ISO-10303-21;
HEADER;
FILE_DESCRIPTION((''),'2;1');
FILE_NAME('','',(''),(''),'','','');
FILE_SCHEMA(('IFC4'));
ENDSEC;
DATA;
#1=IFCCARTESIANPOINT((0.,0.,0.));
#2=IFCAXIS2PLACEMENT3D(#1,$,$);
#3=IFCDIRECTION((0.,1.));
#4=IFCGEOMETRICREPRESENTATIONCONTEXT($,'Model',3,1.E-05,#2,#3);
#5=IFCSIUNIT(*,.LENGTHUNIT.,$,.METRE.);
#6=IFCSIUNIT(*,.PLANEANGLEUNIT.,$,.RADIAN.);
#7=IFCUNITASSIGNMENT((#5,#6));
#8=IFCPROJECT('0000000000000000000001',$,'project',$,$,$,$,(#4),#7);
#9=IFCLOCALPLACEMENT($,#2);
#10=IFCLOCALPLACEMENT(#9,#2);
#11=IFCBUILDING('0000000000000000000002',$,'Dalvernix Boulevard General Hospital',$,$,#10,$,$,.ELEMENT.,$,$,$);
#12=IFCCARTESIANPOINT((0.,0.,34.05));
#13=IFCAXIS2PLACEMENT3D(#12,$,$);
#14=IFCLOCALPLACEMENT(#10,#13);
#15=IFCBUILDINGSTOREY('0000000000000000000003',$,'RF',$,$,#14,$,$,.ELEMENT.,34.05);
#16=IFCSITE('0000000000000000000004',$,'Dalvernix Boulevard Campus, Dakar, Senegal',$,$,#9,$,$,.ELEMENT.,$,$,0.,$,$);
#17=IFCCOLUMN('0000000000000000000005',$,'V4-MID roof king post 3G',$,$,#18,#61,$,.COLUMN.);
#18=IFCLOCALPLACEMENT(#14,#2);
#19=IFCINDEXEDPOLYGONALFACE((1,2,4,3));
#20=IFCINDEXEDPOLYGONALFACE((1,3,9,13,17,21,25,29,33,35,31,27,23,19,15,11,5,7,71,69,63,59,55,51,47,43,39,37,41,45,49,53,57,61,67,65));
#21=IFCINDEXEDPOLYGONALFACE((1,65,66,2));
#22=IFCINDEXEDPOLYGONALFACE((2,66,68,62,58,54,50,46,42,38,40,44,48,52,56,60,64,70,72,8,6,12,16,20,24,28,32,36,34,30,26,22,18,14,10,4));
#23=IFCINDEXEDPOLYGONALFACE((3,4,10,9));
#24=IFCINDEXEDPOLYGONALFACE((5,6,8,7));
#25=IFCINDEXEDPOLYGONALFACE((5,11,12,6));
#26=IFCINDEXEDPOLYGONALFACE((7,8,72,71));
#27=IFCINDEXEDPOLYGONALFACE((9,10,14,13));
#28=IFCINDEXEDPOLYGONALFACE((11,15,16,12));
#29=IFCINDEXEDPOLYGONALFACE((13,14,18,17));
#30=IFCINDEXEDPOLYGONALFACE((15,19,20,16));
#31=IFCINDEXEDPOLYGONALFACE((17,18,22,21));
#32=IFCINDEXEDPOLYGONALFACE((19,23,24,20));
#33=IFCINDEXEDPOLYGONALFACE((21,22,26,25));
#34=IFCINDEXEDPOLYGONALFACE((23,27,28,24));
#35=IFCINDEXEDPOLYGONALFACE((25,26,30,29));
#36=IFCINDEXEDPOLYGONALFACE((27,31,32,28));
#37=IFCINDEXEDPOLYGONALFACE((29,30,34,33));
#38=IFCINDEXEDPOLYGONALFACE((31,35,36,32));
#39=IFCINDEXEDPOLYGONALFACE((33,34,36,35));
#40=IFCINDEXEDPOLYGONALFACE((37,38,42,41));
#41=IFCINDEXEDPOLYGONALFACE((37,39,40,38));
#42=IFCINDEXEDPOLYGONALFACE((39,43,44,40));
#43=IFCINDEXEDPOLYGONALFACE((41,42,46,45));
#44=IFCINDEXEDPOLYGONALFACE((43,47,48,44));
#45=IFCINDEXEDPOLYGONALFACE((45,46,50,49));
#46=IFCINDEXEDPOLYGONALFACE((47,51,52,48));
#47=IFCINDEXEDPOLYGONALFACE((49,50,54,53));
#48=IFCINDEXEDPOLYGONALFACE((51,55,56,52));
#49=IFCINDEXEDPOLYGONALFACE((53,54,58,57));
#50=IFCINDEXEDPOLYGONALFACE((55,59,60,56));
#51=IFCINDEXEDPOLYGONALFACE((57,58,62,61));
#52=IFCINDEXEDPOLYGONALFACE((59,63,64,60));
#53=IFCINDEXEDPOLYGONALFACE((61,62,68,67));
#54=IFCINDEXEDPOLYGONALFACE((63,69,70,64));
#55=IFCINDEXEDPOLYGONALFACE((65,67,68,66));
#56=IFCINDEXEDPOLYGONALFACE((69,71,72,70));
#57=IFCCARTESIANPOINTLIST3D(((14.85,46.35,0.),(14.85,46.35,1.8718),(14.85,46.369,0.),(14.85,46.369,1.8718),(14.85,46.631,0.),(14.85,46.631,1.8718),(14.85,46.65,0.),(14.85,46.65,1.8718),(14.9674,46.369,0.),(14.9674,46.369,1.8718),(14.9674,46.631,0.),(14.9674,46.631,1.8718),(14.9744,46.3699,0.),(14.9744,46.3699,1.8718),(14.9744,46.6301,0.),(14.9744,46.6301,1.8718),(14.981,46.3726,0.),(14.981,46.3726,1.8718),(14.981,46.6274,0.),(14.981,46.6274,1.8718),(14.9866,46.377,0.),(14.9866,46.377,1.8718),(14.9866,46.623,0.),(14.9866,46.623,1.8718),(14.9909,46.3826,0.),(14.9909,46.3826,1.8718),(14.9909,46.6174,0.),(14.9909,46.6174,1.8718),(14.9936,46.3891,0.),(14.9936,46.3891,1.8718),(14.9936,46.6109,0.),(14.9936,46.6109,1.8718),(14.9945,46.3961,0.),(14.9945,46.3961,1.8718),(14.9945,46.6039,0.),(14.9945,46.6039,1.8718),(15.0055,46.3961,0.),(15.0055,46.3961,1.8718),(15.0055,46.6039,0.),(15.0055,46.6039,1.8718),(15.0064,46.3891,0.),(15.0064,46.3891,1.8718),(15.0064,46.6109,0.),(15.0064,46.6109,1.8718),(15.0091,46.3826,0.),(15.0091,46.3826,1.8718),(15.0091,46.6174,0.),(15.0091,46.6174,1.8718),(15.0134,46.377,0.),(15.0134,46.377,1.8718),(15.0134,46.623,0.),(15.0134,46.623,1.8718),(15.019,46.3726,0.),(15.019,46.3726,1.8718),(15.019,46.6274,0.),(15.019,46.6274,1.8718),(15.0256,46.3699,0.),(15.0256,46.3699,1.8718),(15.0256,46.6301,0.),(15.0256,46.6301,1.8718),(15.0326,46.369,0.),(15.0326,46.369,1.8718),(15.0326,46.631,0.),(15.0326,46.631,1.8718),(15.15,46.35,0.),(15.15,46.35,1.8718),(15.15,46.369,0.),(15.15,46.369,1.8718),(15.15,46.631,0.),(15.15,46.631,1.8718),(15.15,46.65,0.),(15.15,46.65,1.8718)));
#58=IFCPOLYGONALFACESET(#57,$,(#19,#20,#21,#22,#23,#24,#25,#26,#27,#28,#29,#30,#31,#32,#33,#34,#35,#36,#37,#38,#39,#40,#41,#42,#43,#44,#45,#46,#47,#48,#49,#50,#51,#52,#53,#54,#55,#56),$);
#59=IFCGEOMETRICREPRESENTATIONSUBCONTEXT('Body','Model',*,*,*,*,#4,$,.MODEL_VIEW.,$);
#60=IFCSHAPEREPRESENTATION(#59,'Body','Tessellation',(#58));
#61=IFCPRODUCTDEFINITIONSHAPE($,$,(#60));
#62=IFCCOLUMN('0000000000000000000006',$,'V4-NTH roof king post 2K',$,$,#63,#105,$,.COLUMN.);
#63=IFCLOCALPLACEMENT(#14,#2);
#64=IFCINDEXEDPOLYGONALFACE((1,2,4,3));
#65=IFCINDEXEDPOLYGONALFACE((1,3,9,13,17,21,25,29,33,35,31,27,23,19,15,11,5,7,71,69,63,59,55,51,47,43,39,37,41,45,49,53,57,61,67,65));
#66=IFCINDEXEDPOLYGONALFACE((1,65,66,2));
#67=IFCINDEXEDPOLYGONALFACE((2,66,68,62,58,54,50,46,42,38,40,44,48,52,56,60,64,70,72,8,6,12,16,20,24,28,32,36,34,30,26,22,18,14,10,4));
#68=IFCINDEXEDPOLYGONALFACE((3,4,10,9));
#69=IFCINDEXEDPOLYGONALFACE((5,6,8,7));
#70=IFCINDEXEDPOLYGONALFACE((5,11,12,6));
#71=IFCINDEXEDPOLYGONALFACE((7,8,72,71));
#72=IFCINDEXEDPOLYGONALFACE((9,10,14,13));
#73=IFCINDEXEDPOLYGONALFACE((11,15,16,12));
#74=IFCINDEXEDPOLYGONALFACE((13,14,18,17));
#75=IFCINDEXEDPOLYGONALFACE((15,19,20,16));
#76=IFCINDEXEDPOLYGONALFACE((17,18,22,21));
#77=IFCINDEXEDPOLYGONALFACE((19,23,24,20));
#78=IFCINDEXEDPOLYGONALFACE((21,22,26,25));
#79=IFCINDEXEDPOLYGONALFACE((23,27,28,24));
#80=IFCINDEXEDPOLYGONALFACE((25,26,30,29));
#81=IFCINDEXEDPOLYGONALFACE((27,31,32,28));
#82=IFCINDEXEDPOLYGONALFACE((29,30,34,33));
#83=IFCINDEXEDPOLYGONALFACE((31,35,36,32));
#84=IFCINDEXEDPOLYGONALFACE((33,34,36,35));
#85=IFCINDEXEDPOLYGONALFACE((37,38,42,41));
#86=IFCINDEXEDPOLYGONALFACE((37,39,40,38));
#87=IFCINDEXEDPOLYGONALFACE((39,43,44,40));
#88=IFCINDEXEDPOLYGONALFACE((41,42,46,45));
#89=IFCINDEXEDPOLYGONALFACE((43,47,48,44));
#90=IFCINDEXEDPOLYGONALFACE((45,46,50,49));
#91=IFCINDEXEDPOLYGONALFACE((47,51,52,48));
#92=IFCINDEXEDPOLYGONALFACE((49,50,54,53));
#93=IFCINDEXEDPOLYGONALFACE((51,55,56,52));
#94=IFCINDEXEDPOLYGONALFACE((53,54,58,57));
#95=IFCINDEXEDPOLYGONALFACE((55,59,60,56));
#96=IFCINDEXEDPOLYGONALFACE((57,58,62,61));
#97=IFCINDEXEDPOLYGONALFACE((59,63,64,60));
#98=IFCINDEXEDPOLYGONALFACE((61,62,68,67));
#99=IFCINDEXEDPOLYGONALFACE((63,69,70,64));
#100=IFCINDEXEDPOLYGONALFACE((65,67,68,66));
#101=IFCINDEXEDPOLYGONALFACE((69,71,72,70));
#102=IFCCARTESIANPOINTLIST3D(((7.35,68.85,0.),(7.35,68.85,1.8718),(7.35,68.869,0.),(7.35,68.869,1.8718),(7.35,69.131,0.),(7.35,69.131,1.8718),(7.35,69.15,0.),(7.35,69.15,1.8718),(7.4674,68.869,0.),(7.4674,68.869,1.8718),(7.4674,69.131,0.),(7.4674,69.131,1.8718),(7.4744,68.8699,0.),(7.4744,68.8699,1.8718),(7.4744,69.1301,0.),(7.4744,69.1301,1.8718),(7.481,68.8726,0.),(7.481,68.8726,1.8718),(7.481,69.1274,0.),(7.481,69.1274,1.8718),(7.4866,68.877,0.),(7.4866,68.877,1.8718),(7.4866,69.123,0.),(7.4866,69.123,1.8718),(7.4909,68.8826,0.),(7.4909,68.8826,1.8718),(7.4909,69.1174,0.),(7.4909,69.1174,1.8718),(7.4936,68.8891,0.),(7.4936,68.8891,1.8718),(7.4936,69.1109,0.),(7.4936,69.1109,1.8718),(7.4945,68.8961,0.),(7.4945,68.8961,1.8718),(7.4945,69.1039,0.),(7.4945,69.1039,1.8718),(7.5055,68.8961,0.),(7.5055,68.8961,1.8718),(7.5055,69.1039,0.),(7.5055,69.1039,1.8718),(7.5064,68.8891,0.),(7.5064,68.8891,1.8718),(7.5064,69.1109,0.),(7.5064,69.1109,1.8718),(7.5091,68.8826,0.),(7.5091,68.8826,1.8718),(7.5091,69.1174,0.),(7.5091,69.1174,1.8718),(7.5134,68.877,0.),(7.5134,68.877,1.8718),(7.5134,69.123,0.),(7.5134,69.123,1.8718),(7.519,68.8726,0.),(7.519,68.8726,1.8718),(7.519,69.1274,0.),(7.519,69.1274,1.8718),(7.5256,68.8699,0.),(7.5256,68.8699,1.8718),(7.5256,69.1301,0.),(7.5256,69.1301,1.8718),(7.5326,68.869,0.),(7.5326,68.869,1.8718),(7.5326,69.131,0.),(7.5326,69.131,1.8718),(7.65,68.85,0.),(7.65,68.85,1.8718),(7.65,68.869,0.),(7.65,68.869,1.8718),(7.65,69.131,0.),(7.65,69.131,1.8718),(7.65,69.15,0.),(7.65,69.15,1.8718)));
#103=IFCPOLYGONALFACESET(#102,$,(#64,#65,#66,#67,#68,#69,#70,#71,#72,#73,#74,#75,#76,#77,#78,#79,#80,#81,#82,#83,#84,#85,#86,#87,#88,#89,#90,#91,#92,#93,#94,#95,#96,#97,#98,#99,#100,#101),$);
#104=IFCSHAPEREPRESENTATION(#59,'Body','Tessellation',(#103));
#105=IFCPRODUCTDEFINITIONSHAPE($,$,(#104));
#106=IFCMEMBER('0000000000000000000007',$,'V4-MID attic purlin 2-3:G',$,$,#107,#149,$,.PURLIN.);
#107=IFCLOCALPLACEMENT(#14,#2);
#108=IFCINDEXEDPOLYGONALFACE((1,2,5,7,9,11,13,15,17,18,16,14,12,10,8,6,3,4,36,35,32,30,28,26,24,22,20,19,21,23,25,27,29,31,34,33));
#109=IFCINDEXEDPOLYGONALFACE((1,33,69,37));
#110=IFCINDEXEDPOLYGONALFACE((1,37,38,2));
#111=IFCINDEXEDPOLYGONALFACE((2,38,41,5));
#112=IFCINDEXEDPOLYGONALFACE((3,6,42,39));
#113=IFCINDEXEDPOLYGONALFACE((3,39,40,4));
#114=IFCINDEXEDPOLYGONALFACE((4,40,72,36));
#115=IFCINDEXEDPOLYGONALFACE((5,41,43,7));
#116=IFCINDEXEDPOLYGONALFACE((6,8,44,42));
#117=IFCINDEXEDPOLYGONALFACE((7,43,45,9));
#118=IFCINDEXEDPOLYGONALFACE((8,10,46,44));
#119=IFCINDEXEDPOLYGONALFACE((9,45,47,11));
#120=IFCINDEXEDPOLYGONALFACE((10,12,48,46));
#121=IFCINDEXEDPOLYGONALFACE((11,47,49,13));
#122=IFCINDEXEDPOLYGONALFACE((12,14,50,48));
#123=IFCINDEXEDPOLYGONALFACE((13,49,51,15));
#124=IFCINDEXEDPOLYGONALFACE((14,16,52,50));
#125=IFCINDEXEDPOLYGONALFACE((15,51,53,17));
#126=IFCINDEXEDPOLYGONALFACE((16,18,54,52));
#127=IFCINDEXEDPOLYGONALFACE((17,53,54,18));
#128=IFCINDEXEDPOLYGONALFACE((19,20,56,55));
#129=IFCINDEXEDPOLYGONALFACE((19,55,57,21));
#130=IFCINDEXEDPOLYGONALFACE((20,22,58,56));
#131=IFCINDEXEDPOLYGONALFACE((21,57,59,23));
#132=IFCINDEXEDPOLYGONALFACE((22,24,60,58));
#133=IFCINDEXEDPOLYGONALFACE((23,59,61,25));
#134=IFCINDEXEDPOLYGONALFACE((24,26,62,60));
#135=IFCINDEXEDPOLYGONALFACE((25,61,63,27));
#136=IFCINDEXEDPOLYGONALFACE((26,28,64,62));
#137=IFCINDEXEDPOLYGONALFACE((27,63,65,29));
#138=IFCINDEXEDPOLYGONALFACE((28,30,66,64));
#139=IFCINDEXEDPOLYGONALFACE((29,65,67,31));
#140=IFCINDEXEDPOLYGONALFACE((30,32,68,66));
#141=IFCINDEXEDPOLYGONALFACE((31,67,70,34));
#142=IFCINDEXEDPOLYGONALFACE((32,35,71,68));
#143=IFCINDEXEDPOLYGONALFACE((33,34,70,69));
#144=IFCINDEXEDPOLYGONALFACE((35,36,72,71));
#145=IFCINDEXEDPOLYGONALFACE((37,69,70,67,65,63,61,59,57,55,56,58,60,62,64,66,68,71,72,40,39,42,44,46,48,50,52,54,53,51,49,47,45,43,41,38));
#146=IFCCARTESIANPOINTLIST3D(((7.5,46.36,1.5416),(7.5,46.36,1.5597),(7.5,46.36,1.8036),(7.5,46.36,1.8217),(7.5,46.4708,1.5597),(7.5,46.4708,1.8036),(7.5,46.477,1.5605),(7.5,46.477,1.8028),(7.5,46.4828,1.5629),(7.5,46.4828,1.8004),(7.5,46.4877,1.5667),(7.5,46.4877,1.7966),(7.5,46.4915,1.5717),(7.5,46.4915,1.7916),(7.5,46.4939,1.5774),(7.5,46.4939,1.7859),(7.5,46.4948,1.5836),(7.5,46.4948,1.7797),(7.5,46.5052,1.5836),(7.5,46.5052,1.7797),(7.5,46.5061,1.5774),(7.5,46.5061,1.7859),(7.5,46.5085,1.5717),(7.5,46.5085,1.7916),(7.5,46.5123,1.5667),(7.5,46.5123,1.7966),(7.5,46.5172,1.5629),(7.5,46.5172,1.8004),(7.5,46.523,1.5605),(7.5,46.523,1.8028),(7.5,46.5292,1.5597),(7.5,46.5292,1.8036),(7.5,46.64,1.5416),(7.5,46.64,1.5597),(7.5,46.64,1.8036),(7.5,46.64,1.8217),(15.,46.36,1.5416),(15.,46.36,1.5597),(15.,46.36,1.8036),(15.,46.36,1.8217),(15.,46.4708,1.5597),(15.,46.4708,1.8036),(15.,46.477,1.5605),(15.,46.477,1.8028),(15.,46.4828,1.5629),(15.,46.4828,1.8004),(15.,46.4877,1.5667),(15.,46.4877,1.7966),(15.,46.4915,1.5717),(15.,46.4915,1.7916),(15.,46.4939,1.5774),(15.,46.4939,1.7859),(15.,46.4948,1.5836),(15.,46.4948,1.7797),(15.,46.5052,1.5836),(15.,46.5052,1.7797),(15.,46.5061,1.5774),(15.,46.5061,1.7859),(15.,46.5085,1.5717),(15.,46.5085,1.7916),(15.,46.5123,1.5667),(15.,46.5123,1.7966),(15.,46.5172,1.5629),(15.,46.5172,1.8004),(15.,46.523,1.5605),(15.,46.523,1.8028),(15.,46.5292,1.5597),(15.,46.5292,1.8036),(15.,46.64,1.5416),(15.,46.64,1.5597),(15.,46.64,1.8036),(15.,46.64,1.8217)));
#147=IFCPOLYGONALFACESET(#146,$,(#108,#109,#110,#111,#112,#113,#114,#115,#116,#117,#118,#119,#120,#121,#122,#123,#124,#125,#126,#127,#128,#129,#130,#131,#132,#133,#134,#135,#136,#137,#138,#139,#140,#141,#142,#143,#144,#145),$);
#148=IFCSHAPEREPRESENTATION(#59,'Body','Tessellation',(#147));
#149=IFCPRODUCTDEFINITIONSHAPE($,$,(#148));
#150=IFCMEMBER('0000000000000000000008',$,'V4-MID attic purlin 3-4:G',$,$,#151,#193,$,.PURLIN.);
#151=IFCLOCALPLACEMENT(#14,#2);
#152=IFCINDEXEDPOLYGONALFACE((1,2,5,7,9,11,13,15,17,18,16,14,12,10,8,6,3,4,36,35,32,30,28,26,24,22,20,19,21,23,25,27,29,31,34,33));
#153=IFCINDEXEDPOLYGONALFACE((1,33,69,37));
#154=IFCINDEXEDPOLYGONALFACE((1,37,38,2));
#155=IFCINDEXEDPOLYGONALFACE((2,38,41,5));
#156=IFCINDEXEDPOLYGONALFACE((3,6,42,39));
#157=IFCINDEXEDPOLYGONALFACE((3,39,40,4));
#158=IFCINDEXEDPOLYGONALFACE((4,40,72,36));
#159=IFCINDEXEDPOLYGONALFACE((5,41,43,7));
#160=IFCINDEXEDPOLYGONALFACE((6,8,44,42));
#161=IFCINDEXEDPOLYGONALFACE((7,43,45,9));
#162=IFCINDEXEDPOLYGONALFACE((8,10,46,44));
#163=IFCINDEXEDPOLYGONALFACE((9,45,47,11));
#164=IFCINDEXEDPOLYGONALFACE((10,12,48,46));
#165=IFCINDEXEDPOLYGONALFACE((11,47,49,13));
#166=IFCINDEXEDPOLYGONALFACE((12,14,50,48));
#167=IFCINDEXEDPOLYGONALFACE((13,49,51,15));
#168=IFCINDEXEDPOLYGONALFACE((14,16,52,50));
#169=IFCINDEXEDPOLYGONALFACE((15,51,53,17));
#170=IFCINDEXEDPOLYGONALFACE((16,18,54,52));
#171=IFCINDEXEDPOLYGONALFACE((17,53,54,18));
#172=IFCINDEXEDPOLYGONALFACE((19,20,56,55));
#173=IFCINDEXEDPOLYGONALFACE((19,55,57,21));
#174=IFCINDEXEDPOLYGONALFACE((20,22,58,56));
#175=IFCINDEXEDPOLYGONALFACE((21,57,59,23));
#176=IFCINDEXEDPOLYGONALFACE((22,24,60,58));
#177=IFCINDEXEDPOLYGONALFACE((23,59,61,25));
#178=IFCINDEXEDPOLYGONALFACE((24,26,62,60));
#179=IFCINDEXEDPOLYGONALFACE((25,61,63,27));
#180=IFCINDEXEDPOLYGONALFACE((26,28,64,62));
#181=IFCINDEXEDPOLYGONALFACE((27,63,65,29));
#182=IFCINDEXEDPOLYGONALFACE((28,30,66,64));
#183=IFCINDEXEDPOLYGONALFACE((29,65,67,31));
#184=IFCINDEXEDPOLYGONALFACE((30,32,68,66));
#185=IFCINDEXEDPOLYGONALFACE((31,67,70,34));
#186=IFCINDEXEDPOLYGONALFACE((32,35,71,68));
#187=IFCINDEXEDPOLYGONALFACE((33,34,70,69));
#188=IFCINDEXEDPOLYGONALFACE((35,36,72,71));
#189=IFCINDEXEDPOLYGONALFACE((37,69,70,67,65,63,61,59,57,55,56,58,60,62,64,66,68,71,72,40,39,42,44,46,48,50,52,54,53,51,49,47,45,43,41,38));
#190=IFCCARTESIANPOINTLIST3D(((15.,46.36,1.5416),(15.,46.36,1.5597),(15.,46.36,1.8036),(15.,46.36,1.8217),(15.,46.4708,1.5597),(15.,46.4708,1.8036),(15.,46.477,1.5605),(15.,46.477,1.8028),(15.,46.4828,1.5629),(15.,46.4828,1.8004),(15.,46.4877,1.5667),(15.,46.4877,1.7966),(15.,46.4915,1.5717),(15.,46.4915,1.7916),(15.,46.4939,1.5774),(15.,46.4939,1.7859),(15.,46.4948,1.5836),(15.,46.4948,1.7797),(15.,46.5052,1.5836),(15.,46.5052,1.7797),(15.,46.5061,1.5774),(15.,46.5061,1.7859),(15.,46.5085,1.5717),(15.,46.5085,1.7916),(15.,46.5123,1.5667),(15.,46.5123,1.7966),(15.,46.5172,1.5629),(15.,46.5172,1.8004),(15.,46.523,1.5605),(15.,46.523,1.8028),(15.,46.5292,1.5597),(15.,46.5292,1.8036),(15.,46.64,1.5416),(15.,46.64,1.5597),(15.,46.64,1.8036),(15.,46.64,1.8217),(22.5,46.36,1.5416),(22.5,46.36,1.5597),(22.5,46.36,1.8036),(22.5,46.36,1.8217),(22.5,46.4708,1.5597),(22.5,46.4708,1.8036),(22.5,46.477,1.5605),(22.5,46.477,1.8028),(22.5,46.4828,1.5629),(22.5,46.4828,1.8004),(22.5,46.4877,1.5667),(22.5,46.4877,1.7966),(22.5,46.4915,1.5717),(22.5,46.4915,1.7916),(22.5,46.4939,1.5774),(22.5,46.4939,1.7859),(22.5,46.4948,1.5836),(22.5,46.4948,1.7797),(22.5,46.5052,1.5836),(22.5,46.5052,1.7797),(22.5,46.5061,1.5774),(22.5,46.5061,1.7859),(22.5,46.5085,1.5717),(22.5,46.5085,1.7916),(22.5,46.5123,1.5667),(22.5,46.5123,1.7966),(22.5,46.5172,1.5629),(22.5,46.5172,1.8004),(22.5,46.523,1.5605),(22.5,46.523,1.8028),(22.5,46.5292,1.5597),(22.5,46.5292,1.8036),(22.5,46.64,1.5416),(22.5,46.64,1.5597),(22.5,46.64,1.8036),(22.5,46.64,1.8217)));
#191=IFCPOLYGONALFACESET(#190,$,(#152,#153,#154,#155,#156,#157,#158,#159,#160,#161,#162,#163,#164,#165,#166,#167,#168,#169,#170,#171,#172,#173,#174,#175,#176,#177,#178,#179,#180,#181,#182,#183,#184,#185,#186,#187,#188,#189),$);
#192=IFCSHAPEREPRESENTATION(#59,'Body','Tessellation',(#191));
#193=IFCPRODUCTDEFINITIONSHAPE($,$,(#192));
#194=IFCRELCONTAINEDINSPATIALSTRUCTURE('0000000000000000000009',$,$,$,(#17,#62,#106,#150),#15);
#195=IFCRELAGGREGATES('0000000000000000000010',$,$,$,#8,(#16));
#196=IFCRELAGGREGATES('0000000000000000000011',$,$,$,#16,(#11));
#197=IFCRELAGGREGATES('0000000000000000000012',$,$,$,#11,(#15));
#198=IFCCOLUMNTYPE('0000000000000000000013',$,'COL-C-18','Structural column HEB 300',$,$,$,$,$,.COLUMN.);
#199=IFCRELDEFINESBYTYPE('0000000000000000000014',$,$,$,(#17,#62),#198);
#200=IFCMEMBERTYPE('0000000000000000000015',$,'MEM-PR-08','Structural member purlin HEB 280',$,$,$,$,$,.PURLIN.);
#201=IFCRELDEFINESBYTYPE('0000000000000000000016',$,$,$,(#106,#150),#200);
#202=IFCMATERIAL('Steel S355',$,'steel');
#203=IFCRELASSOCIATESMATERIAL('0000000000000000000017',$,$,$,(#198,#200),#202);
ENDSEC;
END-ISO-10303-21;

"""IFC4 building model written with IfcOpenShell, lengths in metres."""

from ifc_helpers import new_model, si_unit, direction, frame, origin, origin_2d, place, context, subcontext, project, spatial, i_section, extrude, material, material_profile, profile_set, type_object, element, save


model = new_model("IFC4")

# Units and contexts
model_context = context("Model", 3, precision=1e-05, world=origin(), true_north=direction((0.0, 1.0)))
body_context = subcontext(model_context, "Body", "Model", "MODEL_VIEW")
ifc_project = project(units=[si_unit("LENGTHUNIT", "METRE"), si_unit("PLANEANGLEUNIT", "RADIAN")], contexts=[model_context])

# Site, building, storey
site_placement = place(None, origin())
site = spatial("IfcSite", under=ifc_project, at=site_placement, Name="Dalvernix Boulevard Campus, Dakar, Senegal", CompositionType="ELEMENT", RefElevation=0.0)
building_placement = place(site_placement, origin())
building = spatial("IfcBuilding", under=site, at=building_placement, Name="Dalvernix Boulevard General Hospital", CompositionType="ELEMENT")
storey_placement = place(building_placement, frame((0.0, 0.0, 34.05)))
storey = spatial("IfcBuildingStorey", under=building, at=storey_placement, Name="RF", CompositionType="ELEMENT", Elevation=34.05)

# Columns
ifc_material_1 = material(Name="Steel S355", Category="steel")
ifc_material_profile_1 = material_profile(ifc_material_1, i_section(OverallWidth=0.3, OverallDepth=0.3, WebThickness=0.011, FlangeThickness=0.019, FilletRadius=0.0271, at=origin_2d()), Name="HEB 300")
ifc_profile_set_1 = profile_set([ifc_material_profile_1], Name="Steel S355")
column_type = type_object("IfcColumnType", Name="COL-C-18", Description="Structural column HEB 300", PredefinedType="COLUMN", material=ifc_profile_set_1)
for number, where, z_axis, x_axis, name in (
    (1, (15.0, 46.5, 0.0), (0.0, 0.0, 1.0), (1.0, 0.0, 0.0), "V4-MID roof king post 3G"),
    (2, (7.5, 69.0, 0.0), (0.0, 0.0, 1.0), (1.0, 0.0, 0.0), "V4-NTH roof king post 2K"),
):
    element("IfcColumn", number, at=place(storey_placement, frame(where, z_axis=z_axis, x_axis=x_axis)), inside=storey, type_object=column_type, Name=name, PredefinedType="COLUMN", context=body_context, shape_type="SweptSolid", body=[
        extrude(i_section(OverallWidth=0.3, OverallDepth=0.3, WebThickness=0.011, FlangeThickness=0.019, FilletRadius=0.0271, at=origin_2d()), origin(), (0.0, 0.0, 1.0), 1.8718),
    ])

# Members
ifc_material_profile_2 = material_profile(ifc_material_1, i_section(OverallWidth=0.28, OverallDepth=0.28, WebThickness=0.0105, FlangeThickness=0.0181, FilletRadius=0.0239, at=origin_2d()), Name="HEB 280")
ifc_profile_set_2 = profile_set([ifc_material_profile_2], Name="Steel S355")
member_type_1 = type_object("IfcMemberType", Name="MEM-PR-08", Description="Structural member purlin HEB 280", PredefinedType="PURLIN", material=ifc_profile_set_2)
for number, where, z_axis, x_axis, name in (
    (3, (7.5, 46.5, 1.6816), (1.0, 0.0, 0.0), (0.0, 1.0, 0.0), "V4-MID attic purlin 2-3:G"),
    (4, (15.0, 46.5, 1.6816), (1.0, 0.0, 0.0), (0.0, 1.0, 0.0), "V4-MID attic purlin 3-4:G"),
):
    element("IfcMember", number, at=place(storey_placement, frame(where, z_axis=z_axis, x_axis=x_axis)), inside=storey, type_object=member_type_1, Name=name, PredefinedType="PURLIN", context=body_context, shape_type="SweptSolid", body=[
        extrude(i_section(OverallWidth=0.28, OverallDepth=0.28, WebThickness=0.0105, FlangeThickness=0.0181, FilletRadius=0.0239, at=origin_2d()), origin(), (0.0, 0.0, 1.0), 7.5),
    ])

save(model, "model.ifc")
